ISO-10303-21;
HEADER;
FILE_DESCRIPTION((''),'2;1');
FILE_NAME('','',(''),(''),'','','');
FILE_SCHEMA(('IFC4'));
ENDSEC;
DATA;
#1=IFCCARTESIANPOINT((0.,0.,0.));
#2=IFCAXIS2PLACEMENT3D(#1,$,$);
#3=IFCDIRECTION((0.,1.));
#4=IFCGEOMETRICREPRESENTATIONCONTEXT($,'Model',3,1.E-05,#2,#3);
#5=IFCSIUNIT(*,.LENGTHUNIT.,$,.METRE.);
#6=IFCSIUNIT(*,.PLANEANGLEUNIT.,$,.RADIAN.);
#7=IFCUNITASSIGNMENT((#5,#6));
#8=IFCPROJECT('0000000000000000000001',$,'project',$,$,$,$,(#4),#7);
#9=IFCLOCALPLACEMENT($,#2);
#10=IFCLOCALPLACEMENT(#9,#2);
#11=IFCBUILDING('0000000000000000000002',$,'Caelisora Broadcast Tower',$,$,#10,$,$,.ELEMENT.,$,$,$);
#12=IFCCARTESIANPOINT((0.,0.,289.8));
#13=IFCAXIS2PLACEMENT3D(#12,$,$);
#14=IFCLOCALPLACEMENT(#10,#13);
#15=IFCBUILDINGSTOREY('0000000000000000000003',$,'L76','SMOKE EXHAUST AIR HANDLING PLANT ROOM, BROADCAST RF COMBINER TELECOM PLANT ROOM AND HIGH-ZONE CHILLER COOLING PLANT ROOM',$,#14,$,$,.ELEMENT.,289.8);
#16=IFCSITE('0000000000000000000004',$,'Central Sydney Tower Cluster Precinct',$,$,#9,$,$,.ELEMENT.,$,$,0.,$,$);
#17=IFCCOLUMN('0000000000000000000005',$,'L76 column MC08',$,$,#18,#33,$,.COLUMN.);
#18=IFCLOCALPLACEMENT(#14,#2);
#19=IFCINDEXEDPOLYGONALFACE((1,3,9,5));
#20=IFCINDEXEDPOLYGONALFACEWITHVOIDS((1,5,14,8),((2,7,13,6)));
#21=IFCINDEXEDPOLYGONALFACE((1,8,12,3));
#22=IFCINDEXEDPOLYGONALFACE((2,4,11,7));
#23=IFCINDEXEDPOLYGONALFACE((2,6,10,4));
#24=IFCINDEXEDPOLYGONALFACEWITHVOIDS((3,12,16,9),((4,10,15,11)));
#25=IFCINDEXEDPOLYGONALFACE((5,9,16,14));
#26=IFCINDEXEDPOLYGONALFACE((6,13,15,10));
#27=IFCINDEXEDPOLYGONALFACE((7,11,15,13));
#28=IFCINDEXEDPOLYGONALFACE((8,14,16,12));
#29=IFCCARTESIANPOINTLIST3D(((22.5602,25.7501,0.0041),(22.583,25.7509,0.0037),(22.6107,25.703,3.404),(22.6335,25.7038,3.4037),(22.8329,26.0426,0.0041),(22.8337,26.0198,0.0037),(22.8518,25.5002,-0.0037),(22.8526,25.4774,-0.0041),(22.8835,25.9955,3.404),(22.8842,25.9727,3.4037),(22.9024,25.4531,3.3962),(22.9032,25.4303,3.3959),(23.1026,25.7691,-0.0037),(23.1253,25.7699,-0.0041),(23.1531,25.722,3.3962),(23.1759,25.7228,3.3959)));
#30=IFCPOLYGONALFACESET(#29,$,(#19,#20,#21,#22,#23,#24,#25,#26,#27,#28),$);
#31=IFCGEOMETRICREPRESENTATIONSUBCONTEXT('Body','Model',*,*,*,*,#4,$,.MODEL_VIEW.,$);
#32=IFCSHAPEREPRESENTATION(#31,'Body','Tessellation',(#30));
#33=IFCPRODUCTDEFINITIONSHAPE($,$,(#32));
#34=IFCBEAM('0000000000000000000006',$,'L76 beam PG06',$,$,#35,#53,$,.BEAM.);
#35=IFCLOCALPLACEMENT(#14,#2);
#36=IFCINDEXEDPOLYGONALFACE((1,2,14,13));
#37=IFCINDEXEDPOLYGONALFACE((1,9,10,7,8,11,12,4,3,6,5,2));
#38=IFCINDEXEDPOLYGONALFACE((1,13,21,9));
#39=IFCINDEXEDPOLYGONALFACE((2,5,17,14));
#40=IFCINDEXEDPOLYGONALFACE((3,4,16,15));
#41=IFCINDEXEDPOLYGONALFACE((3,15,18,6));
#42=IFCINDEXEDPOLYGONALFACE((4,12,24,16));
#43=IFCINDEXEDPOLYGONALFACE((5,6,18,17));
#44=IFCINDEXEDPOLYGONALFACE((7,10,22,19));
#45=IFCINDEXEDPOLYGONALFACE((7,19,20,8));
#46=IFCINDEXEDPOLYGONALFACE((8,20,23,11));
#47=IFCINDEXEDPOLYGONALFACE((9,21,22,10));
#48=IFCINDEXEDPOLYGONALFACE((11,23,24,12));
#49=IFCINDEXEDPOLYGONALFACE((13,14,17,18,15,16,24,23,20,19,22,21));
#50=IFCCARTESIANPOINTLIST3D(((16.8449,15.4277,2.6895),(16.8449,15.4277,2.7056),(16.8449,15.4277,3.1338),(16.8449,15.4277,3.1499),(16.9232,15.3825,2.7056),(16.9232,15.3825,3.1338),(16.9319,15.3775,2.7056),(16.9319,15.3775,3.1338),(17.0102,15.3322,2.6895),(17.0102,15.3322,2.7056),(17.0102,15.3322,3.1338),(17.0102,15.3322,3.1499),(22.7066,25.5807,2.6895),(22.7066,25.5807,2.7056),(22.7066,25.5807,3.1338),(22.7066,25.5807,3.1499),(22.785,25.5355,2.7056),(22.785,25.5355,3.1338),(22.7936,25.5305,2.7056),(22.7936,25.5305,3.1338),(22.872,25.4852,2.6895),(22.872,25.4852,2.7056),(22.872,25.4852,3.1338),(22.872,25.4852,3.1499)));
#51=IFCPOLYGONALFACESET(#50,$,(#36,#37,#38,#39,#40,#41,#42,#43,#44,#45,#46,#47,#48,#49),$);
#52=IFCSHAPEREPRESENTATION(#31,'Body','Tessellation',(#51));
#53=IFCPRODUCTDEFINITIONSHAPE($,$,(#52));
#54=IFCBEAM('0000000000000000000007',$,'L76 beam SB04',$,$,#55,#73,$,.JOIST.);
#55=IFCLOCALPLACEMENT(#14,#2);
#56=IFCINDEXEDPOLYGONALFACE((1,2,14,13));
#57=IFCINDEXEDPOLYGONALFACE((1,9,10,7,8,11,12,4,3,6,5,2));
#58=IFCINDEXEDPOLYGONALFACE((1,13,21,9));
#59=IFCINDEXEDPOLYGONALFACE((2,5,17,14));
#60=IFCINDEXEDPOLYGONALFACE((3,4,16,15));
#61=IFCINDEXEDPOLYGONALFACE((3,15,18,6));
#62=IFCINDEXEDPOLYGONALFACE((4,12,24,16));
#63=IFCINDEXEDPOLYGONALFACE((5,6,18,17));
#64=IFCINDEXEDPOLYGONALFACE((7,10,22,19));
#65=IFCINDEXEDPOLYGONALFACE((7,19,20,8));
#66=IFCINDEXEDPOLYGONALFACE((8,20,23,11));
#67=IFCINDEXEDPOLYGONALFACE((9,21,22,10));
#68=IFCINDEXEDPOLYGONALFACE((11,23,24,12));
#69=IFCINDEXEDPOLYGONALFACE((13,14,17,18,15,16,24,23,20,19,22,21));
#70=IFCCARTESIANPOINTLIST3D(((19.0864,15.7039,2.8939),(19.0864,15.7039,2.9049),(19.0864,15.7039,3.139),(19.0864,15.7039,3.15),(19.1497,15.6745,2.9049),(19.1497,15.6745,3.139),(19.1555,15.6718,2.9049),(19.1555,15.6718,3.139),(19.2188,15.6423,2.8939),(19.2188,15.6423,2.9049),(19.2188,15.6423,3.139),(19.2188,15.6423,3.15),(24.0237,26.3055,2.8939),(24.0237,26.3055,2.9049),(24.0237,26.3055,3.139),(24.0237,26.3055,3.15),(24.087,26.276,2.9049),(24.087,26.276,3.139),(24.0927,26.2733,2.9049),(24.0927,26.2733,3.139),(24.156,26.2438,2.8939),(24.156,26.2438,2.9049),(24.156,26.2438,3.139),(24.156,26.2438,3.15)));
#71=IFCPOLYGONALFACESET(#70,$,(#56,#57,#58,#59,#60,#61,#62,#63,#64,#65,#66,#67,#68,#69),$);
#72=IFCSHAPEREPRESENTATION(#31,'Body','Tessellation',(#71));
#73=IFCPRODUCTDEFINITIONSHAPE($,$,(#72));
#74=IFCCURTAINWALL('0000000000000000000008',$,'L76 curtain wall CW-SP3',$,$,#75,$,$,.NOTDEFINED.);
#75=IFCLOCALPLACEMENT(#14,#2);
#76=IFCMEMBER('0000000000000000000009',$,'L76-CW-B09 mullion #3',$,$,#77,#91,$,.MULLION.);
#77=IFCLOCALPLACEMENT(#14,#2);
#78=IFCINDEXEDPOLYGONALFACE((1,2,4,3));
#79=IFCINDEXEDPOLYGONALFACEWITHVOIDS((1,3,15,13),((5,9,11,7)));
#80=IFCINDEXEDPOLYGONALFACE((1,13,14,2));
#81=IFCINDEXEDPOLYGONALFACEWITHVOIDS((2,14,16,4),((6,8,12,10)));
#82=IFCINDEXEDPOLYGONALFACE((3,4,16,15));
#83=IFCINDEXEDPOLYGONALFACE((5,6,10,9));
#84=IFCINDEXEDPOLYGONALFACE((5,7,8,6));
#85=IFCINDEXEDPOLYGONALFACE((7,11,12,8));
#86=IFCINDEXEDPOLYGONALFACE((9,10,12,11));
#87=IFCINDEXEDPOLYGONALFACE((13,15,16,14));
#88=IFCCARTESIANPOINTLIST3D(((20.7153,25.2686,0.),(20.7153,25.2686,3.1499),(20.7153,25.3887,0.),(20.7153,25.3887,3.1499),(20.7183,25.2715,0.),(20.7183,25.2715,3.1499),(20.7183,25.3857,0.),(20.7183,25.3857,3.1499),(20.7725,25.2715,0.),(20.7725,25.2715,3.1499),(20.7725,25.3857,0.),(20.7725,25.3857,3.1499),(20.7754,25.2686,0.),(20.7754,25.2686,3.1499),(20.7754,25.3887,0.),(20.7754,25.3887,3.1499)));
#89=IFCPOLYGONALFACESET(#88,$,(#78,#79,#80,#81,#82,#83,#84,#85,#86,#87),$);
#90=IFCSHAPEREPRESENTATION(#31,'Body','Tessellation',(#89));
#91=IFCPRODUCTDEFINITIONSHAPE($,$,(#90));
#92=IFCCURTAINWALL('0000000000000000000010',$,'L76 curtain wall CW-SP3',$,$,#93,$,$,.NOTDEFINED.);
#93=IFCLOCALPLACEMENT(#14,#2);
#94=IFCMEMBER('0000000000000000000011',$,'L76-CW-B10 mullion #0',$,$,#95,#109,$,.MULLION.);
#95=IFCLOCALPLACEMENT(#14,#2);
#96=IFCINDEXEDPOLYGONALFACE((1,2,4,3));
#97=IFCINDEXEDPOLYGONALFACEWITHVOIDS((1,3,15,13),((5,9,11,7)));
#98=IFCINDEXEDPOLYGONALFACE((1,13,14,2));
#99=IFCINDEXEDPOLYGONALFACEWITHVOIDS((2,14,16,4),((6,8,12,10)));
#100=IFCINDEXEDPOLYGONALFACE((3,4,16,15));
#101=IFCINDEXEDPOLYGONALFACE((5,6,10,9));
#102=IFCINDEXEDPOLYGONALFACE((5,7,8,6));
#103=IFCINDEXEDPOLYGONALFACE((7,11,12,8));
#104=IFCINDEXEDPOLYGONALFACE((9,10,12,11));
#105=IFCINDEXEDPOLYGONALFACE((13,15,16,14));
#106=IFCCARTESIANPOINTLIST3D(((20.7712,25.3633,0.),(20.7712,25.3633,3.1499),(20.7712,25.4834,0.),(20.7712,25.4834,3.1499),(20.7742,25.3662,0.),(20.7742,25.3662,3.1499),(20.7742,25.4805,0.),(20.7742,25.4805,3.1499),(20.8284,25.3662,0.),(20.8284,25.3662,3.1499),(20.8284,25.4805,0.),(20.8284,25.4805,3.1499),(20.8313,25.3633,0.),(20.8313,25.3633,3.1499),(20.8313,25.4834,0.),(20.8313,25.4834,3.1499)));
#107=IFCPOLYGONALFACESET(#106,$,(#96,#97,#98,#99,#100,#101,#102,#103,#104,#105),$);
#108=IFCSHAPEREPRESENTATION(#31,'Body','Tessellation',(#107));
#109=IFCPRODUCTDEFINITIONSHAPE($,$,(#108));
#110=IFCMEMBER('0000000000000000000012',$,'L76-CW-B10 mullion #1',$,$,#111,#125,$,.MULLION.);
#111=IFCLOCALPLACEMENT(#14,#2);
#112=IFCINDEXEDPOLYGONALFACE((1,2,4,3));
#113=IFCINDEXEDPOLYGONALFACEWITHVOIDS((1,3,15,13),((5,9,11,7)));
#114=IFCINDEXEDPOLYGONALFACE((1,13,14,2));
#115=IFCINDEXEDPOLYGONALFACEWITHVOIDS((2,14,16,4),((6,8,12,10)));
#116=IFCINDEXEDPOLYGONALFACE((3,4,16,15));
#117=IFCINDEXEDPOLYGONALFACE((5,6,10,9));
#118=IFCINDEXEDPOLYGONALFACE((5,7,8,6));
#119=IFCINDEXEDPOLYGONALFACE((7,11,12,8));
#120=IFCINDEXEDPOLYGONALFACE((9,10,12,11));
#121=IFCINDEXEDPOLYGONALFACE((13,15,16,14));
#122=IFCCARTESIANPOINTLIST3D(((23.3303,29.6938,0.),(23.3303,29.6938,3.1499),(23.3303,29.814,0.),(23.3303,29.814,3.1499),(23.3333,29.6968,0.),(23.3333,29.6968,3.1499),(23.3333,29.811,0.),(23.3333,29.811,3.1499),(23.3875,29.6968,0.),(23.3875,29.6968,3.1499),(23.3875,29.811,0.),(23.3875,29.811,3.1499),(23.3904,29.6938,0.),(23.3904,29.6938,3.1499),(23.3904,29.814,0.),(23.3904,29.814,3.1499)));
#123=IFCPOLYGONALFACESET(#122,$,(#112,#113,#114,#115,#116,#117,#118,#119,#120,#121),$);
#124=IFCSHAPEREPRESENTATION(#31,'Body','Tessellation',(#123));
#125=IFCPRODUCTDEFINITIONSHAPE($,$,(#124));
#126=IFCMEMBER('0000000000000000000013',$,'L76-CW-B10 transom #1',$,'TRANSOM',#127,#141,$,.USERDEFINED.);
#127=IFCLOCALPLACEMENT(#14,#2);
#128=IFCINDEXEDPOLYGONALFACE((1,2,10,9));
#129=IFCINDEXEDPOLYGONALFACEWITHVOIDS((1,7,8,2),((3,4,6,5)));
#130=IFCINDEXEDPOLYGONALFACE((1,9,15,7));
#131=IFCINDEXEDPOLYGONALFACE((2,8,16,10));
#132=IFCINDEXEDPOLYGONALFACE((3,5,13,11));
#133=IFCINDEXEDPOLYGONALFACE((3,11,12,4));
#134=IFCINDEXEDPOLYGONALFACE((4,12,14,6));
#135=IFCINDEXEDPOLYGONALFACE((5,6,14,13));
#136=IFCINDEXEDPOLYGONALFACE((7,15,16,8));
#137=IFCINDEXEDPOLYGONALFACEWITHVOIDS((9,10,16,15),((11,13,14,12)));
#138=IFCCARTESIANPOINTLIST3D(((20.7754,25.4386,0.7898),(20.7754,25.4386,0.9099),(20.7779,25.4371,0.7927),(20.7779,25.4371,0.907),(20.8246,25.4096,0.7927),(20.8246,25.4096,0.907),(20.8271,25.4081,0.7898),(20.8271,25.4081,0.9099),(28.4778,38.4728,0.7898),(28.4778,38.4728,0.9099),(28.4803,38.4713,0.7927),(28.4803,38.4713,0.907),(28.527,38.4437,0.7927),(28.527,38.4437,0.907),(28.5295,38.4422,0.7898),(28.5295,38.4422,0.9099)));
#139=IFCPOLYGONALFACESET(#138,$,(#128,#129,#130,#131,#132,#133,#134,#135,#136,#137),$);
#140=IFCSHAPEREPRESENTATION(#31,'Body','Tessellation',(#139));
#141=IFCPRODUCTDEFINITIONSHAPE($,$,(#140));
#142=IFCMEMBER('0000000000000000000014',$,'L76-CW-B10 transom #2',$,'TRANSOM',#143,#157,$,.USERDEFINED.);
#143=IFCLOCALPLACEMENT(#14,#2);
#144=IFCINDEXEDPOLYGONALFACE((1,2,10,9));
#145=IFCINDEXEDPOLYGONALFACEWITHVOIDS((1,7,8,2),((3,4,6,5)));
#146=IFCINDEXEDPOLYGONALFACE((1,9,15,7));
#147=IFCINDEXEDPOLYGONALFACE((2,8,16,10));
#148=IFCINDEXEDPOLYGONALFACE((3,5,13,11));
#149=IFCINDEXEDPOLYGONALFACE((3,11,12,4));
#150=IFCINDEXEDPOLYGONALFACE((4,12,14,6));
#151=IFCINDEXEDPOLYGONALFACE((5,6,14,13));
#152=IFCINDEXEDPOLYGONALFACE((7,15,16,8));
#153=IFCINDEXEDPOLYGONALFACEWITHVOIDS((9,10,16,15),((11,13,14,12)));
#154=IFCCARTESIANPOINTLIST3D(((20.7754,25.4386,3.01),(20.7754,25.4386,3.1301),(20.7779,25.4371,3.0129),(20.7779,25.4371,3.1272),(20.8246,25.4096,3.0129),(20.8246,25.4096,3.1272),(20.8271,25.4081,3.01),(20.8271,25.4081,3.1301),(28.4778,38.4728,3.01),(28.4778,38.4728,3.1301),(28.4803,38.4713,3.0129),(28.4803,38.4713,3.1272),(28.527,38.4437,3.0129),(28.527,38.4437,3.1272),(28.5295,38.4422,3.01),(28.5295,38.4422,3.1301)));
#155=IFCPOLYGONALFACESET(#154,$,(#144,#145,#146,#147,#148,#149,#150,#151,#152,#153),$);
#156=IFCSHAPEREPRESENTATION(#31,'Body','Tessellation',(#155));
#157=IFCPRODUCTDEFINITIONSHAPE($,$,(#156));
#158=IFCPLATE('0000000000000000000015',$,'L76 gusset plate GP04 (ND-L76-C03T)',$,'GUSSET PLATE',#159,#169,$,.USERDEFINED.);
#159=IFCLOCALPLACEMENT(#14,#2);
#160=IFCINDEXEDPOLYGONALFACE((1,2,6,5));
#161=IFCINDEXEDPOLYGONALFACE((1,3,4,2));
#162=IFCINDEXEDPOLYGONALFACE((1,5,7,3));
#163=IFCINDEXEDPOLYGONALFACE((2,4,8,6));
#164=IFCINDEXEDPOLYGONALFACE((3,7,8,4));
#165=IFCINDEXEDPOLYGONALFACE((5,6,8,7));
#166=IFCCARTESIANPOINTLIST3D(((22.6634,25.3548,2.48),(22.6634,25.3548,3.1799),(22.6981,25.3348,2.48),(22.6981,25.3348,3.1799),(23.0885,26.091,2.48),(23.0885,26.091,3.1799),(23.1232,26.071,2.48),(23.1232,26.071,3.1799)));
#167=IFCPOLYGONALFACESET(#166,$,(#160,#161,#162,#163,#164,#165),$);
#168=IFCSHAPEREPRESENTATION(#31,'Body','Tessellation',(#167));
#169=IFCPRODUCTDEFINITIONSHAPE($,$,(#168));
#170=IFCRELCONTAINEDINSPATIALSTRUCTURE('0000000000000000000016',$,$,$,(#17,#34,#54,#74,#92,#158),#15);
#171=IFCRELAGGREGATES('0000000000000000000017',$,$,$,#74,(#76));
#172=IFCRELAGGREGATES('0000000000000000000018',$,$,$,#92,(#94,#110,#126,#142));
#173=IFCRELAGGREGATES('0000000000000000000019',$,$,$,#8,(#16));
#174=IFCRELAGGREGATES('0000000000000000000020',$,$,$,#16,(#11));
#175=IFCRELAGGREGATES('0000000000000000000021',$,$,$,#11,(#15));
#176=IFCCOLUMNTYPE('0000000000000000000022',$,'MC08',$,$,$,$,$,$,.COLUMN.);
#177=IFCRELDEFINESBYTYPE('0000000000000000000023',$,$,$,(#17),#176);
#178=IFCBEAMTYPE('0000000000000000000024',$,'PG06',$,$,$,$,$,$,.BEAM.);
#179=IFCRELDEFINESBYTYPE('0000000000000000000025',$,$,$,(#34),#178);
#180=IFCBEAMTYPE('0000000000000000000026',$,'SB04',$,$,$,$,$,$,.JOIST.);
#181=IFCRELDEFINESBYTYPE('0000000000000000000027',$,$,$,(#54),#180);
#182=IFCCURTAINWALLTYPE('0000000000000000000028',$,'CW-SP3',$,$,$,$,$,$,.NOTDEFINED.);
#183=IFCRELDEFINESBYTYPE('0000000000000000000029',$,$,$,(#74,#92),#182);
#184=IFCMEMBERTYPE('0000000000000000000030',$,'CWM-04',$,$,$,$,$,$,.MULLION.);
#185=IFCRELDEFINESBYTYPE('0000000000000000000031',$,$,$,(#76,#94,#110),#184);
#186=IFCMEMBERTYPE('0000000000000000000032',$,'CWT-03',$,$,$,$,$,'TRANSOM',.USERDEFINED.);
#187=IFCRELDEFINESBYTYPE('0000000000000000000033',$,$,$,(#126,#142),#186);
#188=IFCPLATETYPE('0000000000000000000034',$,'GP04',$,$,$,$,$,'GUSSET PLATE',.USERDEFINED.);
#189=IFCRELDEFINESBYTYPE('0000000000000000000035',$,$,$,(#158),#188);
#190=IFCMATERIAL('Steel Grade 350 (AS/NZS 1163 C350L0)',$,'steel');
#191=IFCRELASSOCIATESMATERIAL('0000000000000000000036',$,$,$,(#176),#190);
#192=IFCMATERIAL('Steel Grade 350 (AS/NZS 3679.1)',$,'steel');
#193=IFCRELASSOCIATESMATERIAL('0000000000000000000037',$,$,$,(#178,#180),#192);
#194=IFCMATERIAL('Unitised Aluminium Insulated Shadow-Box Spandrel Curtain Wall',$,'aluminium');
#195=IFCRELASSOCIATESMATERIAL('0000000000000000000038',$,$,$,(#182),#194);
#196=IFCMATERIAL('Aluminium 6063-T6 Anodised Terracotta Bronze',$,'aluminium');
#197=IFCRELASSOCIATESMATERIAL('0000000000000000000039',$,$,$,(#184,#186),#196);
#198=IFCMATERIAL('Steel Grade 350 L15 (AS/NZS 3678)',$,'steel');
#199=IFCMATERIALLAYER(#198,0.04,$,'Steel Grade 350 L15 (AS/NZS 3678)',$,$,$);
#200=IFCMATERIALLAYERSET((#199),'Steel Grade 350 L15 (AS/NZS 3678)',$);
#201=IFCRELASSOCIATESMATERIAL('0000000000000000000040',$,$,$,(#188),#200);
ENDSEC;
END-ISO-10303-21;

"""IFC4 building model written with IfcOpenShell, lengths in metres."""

from ifc_helpers import new_model, si_unit, direction, frame, origin, origin_2d, place, context, subcontext, project, spatial, rectangle, hollow_rectangle, i_section, extrude, source, transform, mapped, material, layer, layer_set, material_profile, profile_set, type_object, type_shapes, element, aggregate, save


model = new_model("IFC4")

# Units and contexts
model_context = context("Model", 3, precision=1e-05, world=origin(), true_north=direction((0.0, 1.0)))
body_context = subcontext(model_context, "Body", "Model", "MODEL_VIEW")
ifc_project = project(units=[si_unit("LENGTHUNIT", "METRE"), si_unit("PLANEANGLEUNIT", "RADIAN")], contexts=[model_context])

# Site, building, storey
site_placement = place(None, origin())
site = spatial("IfcSite", under=ifc_project, at=site_placement, Name="Central Sydney Tower Cluster Precinct", CompositionType="ELEMENT", RefElevation=0.0)
building_placement = place(site_placement, origin())
building = spatial("IfcBuilding", under=site, at=building_placement, Name="Caelisora Broadcast Tower", CompositionType="ELEMENT")
storey_placement = place(building_placement, frame((0.0, 0.0, 289.8)))
storey = spatial("IfcBuildingStorey", under=building, at=storey_placement, Name="L76", Description="SMOKE EXHAUST AIR HANDLING PLANT ROOM, BROADCAST RF COMBINER TELECOM PLANT ROOM AND HIGH-ZONE CHILLER COOLING PLANT ROOM", CompositionType="ELEMENT", Elevation=289.8)

# Column
ifc_material_1 = material(Name="Steel Grade 350 (AS/NZS 1163 C350L0)", Category="steel")
ifc_material_profile_1 = material_profile(ifc_material_1, hollow_rectangle(XDim=0.3999, YDim=0.3999, WallThickness=0.0161, at=origin_2d()), Name="Steel Grade 350 (AS/NZS 1163 C350L0)")
ifc_profile_set_1 = profile_set([ifc_material_profile_1], Name="Steel Grade 350 (AS/NZS 1163 C350L0)")
column_type = type_object("IfcColumnType", Name="MC08", PredefinedType="COLUMN", material=ifc_profile_set_1)
shared_shape_1 = source(origin(), body_context, "Body", "SweptSolid", [
    extrude(hollow_rectangle(XDim=0.3999, YDim=0.3999, WallThickness=0.0161, at=origin_2d()), origin(), (0.0, 0.0, 1.0), 3.4006),
])
type_shapes(column_type, [shared_shape_1])
column_placement = place(storey_placement, frame((22.8428, 25.76, 0.0), z_axis=(0.014861, -0.013856, 0.999794), x_axis=(0.68194, 0.731408, 0.0)))
element("IfcColumn", 1, at=column_placement, inside=storey, type_object=column_type, Name="L76 column MC08", PredefinedType="COLUMN", context=body_context, shape_type="MappedRepresentation", body=[
    mapped(shared_shape_1, transform((0.0, 0.0, 0.0), scale=1.0)),
])

# Beams
ifc_material_2 = material(Name="Steel Grade 350 (AS/NZS 3679.1)", Category="steel")
ifc_material_profile_2 = material_profile(ifc_material_2, i_section(OverallWidth=0.1909, OverallDepth=0.4604, WebThickness=0.01, FlangeThickness=0.0161, at=origin_2d()), Name="Steel Grade 350 (AS/NZS 3679.1)")
ifc_profile_set_2 = profile_set([ifc_material_profile_2], Name="Steel Grade 350 (AS/NZS 3679.1)")
beam_type_1 = type_object("IfcBeamType", Name="PG06", PredefinedType="BEAM", material=ifc_profile_set_2)
shared_shape_2 = source(origin(), body_context, "Body", "SweptSolid", [
    extrude(i_section(OverallWidth=0.1909, OverallDepth=0.4604, WebThickness=0.01, FlangeThickness=0.0161, at=origin_2d()), origin(), (0.0, 0.0, 1.0), 11.7236),
])
type_shapes(beam_type_1, [shared_shape_2])
beam_1_placement = place(storey_placement, frame((22.7893, 25.533, 2.9197), z_axis=(-0.499996, -0.866028, 0.0), x_axis=(0.866028, -0.499996, 0.0)))
element("IfcBeam", 2, at=beam_1_placement, inside=storey, type_object=beam_type_1, Name="L76 beam PG06", PredefinedType="BEAM", context=body_context, shape_type="MappedRepresentation", body=[
    mapped(shared_shape_2, transform((0.0, 0.0, 0.0), scale=1.0)),
])
ifc_material_profile_3 = material_profile(ifc_material_2, i_section(OverallWidth=0.146, OverallDepth=0.2561, WebThickness=0.0063, FlangeThickness=0.011, at=origin_2d()), Name="Steel Grade 350 (AS/NZS 3679.1)")
ifc_profile_set_3 = profile_set([ifc_material_profile_3], Name="Steel Grade 350 (AS/NZS 3679.1)")
beam_type_2 = type_object("IfcBeamType", Name="SB04", PredefinedType="JOIST", material=ifc_profile_set_3)
shared_shape_3 = source(origin(), body_context, "Body", "SweptSolid", [
    extrude(i_section(OverallWidth=0.146, OverallDepth=0.2561, WebThickness=0.0063, FlangeThickness=0.011, at=origin_2d()), origin(), (0.0, 0.0, 1.0), 11.6948),
])
type_shapes(beam_type_2, [shared_shape_3])
beam_2_placement = place(storey_placement, frame((24.0898, 26.2747, 3.022), z_axis=(-0.422173, -0.906515, 0.0), x_axis=(0.906515, -0.422173, 0.0)))
element("IfcBeam", 3, at=beam_2_placement, inside=storey, type_object=beam_type_2, Name="L76 beam SB04", PredefinedType="JOIST", context=body_context, shape_type="MappedRepresentation", body=[
    mapped(shared_shape_3, transform((0.0, 0.0, 0.0), scale=1.0)),
])

# Curtain wall, member
ifc_material_3 = material(Name="Unitised Aluminium Insulated Shadow-Box Spandrel Curtain Wall", Category="aluminium")
curtain_wall_type = type_object("IfcCurtainWallType", Name="CW-SP3", PredefinedType="NOTDEFINED", material=ifc_material_3)
curtain_wall_1_placement = place(storey_placement, origin())
curtain_wall_1 = element("IfcCurtainWall", 4, at=curtain_wall_1_placement, inside=storey, type_object=curtain_wall_type, Name="L76 curtain wall CW-SP3", PredefinedType="NOTDEFINED")
ifc_material_4 = material(Name="Aluminium 6063-T6 Anodised Terracotta Bronze", Category="aluminium")
ifc_material_profile_4 = material_profile(ifc_material_4, hollow_rectangle(XDim=0.0601, YDim=0.1201, WallThickness=0.0029, at=origin_2d()), Name="Aluminium 6063-T6 Anodised Terracotta Bronze")
ifc_profile_set_4 = profile_set([ifc_material_profile_4], Name="Aluminium 6063-T6 Anodised Terracotta Bronze")
member_type_1 = type_object("IfcMemberType", Name="CWM-04", PredefinedType="MULLION", material=ifc_profile_set_4)
shared_shape_4 = source(origin(), body_context, "Body", "SweptSolid", [
    extrude(hollow_rectangle(XDim=0.0601, YDim=0.1201, WallThickness=0.0029, at=origin_2d()), origin(), (0.0, 0.0, 1.0), 3.1499),
])
type_shapes(member_type_1, [shared_shape_4])
member_1_placement = place(storey_placement, frame((20.7454, 25.3286, 0.0), z_axis=(0.0, 0.0, 1.0), x_axis=(1.0, 0.0, 0.0)))
member_1 = element("IfcMember", 5, at=member_1_placement, type_object=member_type_1, Name="L76-CW-B09 mullion #3", PredefinedType="MULLION", context=body_context, shape_type="MappedRepresentation", body=[
    mapped(shared_shape_4, transform((0.0, 0.0, 0.0), scale=1.0)),
])

# Curtain wall, members
curtain_wall_2_placement = place(storey_placement, origin())
curtain_wall_2 = element("IfcCurtainWall", 6, at=curtain_wall_2_placement, inside=storey, type_object=curtain_wall_type, Name="L76 curtain wall CW-SP3", PredefinedType="NOTDEFINED")
member_2_placement = place(storey_placement, frame((20.8013, 25.4233, 0.0), z_axis=(0.0, 0.0, 1.0), x_axis=(1.0, 0.0, 0.0)))
member_2 = element("IfcMember", 7, at=member_2_placement, type_object=member_type_1, Name="L76-CW-B10 mullion #0", PredefinedType="MULLION", context=body_context, shape_type="MappedRepresentation", body=[
    mapped(shared_shape_4, transform((0.0, 0.0, 0.0), scale=1.0)),
])
member_3_placement = place(storey_placement, frame((23.3604, 29.7539, 0.0), z_axis=(0.0, 0.0, 1.0), x_axis=(1.0, 0.0, 0.0)))
member_3 = element("IfcMember", 8, at=member_3_placement, type_object=member_type_1, Name="L76-CW-B10 mullion #1", PredefinedType="MULLION", context=body_context, shape_type="MappedRepresentation", body=[
    mapped(shared_shape_4, transform((0.0, 0.0, 0.0), scale=1.0)),
])
ifc_material_profile_5 = material_profile(ifc_material_4, hollow_rectangle(XDim=0.0601, YDim=0.1201, WallThickness=0.0029, at=origin_2d()), Name="Aluminium 6063-T6 Anodised Terracotta Bronze")
ifc_profile_set_5 = profile_set([ifc_material_profile_5], Name="Aluminium 6063-T6 Anodised Terracotta Bronze")
member_type_2 = type_object("IfcMemberType", Name="CWT-03", ElementType="TRANSOM", PredefinedType="USERDEFINED", material=ifc_profile_set_5)
shared_shape_5 = source(origin(), body_context, "Body", "SweptSolid", [
    extrude(hollow_rectangle(XDim=0.0601, YDim=0.1201, WallThickness=0.0029, at=origin_2d()), origin(), (0.0, 0.0, 1.0), 15.1399),
])
type_shapes(member_type_2, [shared_shape_5])
member_4_placement = place(storey_placement, frame((20.8013, 25.4233, 0.8499), z_axis=(0.508748, 0.860916, 0.0), x_axis=(-0.860916, 0.508748, 0.0)))
member_4 = element("IfcMember", 9, at=member_4_placement, type_object=member_type_2, Name="L76-CW-B10 transom #1", ObjectType="TRANSOM", PredefinedType="USERDEFINED", context=body_context, shape_type="MappedRepresentation", body=[
    mapped(shared_shape_5, transform((0.0, 0.0, 0.0), scale=1.0)),
])
member_5_placement = place(storey_placement, frame((20.8013, 25.4233, 3.0701), z_axis=(0.508748, 0.860916, 0.0), x_axis=(-0.860916, 0.508748, 0.0)))
member_5 = element("IfcMember", 10, at=member_5_placement, type_object=member_type_2, Name="L76-CW-B10 transom #2", ObjectType="TRANSOM", PredefinedType="USERDEFINED", context=body_context, shape_type="MappedRepresentation", body=[
    mapped(shared_shape_5, transform((0.0, 0.0, 0.0), scale=1.0)),
])

# Plate
ifc_material_5 = material(Name="Steel Grade 350 L15 (AS/NZS 3678)", Category="steel")
ifc_layer_1 = layer(ifc_material_5, 0.04, Name="Steel Grade 350 L15 (AS/NZS 3678)")
ifc_layer_set_1 = layer_set([ifc_layer_1], Name="Steel Grade 350 L15 (AS/NZS 3678)")
plate_type_1 = type_object("IfcPlateType", Name="GP04", ElementType="GUSSET PLATE", PredefinedType="USERDEFINED", material=ifc_layer_set_1)
shared_shape_6 = source(origin(), body_context, "Body", "SweptSolid", [
    extrude(rectangle(XDim=0.8501, YDim=0.04, at=origin_2d()), origin(), (0.0, 0.0, 1.0), 0.7),
])
type_shapes(plate_type_1, [shared_shape_6])
plate_1_placement = place(storey_placement, frame((22.8933, 25.7129, 2.48), z_axis=(0.0, 0.0, 1.0), x_axis=(-0.5, -0.866025, 0.0)))
element("IfcPlate", 11, at=plate_1_placement, inside=storey, type_object=plate_type_1, Name="L76 gusset plate GP04 (ND-L76-C03T)", ObjectType="GUSSET PLATE", PredefinedType="USERDEFINED", context=body_context, shape_type="MappedRepresentation", body=[
    mapped(shared_shape_6, transform((0.0, 0.0, 0.0), scale=1.0)),
])
aggregate(curtain_wall_1, [member_1])
aggregate(curtain_wall_2, [member_2, member_3, member_4, member_5])

save(model, "model.ifc")
